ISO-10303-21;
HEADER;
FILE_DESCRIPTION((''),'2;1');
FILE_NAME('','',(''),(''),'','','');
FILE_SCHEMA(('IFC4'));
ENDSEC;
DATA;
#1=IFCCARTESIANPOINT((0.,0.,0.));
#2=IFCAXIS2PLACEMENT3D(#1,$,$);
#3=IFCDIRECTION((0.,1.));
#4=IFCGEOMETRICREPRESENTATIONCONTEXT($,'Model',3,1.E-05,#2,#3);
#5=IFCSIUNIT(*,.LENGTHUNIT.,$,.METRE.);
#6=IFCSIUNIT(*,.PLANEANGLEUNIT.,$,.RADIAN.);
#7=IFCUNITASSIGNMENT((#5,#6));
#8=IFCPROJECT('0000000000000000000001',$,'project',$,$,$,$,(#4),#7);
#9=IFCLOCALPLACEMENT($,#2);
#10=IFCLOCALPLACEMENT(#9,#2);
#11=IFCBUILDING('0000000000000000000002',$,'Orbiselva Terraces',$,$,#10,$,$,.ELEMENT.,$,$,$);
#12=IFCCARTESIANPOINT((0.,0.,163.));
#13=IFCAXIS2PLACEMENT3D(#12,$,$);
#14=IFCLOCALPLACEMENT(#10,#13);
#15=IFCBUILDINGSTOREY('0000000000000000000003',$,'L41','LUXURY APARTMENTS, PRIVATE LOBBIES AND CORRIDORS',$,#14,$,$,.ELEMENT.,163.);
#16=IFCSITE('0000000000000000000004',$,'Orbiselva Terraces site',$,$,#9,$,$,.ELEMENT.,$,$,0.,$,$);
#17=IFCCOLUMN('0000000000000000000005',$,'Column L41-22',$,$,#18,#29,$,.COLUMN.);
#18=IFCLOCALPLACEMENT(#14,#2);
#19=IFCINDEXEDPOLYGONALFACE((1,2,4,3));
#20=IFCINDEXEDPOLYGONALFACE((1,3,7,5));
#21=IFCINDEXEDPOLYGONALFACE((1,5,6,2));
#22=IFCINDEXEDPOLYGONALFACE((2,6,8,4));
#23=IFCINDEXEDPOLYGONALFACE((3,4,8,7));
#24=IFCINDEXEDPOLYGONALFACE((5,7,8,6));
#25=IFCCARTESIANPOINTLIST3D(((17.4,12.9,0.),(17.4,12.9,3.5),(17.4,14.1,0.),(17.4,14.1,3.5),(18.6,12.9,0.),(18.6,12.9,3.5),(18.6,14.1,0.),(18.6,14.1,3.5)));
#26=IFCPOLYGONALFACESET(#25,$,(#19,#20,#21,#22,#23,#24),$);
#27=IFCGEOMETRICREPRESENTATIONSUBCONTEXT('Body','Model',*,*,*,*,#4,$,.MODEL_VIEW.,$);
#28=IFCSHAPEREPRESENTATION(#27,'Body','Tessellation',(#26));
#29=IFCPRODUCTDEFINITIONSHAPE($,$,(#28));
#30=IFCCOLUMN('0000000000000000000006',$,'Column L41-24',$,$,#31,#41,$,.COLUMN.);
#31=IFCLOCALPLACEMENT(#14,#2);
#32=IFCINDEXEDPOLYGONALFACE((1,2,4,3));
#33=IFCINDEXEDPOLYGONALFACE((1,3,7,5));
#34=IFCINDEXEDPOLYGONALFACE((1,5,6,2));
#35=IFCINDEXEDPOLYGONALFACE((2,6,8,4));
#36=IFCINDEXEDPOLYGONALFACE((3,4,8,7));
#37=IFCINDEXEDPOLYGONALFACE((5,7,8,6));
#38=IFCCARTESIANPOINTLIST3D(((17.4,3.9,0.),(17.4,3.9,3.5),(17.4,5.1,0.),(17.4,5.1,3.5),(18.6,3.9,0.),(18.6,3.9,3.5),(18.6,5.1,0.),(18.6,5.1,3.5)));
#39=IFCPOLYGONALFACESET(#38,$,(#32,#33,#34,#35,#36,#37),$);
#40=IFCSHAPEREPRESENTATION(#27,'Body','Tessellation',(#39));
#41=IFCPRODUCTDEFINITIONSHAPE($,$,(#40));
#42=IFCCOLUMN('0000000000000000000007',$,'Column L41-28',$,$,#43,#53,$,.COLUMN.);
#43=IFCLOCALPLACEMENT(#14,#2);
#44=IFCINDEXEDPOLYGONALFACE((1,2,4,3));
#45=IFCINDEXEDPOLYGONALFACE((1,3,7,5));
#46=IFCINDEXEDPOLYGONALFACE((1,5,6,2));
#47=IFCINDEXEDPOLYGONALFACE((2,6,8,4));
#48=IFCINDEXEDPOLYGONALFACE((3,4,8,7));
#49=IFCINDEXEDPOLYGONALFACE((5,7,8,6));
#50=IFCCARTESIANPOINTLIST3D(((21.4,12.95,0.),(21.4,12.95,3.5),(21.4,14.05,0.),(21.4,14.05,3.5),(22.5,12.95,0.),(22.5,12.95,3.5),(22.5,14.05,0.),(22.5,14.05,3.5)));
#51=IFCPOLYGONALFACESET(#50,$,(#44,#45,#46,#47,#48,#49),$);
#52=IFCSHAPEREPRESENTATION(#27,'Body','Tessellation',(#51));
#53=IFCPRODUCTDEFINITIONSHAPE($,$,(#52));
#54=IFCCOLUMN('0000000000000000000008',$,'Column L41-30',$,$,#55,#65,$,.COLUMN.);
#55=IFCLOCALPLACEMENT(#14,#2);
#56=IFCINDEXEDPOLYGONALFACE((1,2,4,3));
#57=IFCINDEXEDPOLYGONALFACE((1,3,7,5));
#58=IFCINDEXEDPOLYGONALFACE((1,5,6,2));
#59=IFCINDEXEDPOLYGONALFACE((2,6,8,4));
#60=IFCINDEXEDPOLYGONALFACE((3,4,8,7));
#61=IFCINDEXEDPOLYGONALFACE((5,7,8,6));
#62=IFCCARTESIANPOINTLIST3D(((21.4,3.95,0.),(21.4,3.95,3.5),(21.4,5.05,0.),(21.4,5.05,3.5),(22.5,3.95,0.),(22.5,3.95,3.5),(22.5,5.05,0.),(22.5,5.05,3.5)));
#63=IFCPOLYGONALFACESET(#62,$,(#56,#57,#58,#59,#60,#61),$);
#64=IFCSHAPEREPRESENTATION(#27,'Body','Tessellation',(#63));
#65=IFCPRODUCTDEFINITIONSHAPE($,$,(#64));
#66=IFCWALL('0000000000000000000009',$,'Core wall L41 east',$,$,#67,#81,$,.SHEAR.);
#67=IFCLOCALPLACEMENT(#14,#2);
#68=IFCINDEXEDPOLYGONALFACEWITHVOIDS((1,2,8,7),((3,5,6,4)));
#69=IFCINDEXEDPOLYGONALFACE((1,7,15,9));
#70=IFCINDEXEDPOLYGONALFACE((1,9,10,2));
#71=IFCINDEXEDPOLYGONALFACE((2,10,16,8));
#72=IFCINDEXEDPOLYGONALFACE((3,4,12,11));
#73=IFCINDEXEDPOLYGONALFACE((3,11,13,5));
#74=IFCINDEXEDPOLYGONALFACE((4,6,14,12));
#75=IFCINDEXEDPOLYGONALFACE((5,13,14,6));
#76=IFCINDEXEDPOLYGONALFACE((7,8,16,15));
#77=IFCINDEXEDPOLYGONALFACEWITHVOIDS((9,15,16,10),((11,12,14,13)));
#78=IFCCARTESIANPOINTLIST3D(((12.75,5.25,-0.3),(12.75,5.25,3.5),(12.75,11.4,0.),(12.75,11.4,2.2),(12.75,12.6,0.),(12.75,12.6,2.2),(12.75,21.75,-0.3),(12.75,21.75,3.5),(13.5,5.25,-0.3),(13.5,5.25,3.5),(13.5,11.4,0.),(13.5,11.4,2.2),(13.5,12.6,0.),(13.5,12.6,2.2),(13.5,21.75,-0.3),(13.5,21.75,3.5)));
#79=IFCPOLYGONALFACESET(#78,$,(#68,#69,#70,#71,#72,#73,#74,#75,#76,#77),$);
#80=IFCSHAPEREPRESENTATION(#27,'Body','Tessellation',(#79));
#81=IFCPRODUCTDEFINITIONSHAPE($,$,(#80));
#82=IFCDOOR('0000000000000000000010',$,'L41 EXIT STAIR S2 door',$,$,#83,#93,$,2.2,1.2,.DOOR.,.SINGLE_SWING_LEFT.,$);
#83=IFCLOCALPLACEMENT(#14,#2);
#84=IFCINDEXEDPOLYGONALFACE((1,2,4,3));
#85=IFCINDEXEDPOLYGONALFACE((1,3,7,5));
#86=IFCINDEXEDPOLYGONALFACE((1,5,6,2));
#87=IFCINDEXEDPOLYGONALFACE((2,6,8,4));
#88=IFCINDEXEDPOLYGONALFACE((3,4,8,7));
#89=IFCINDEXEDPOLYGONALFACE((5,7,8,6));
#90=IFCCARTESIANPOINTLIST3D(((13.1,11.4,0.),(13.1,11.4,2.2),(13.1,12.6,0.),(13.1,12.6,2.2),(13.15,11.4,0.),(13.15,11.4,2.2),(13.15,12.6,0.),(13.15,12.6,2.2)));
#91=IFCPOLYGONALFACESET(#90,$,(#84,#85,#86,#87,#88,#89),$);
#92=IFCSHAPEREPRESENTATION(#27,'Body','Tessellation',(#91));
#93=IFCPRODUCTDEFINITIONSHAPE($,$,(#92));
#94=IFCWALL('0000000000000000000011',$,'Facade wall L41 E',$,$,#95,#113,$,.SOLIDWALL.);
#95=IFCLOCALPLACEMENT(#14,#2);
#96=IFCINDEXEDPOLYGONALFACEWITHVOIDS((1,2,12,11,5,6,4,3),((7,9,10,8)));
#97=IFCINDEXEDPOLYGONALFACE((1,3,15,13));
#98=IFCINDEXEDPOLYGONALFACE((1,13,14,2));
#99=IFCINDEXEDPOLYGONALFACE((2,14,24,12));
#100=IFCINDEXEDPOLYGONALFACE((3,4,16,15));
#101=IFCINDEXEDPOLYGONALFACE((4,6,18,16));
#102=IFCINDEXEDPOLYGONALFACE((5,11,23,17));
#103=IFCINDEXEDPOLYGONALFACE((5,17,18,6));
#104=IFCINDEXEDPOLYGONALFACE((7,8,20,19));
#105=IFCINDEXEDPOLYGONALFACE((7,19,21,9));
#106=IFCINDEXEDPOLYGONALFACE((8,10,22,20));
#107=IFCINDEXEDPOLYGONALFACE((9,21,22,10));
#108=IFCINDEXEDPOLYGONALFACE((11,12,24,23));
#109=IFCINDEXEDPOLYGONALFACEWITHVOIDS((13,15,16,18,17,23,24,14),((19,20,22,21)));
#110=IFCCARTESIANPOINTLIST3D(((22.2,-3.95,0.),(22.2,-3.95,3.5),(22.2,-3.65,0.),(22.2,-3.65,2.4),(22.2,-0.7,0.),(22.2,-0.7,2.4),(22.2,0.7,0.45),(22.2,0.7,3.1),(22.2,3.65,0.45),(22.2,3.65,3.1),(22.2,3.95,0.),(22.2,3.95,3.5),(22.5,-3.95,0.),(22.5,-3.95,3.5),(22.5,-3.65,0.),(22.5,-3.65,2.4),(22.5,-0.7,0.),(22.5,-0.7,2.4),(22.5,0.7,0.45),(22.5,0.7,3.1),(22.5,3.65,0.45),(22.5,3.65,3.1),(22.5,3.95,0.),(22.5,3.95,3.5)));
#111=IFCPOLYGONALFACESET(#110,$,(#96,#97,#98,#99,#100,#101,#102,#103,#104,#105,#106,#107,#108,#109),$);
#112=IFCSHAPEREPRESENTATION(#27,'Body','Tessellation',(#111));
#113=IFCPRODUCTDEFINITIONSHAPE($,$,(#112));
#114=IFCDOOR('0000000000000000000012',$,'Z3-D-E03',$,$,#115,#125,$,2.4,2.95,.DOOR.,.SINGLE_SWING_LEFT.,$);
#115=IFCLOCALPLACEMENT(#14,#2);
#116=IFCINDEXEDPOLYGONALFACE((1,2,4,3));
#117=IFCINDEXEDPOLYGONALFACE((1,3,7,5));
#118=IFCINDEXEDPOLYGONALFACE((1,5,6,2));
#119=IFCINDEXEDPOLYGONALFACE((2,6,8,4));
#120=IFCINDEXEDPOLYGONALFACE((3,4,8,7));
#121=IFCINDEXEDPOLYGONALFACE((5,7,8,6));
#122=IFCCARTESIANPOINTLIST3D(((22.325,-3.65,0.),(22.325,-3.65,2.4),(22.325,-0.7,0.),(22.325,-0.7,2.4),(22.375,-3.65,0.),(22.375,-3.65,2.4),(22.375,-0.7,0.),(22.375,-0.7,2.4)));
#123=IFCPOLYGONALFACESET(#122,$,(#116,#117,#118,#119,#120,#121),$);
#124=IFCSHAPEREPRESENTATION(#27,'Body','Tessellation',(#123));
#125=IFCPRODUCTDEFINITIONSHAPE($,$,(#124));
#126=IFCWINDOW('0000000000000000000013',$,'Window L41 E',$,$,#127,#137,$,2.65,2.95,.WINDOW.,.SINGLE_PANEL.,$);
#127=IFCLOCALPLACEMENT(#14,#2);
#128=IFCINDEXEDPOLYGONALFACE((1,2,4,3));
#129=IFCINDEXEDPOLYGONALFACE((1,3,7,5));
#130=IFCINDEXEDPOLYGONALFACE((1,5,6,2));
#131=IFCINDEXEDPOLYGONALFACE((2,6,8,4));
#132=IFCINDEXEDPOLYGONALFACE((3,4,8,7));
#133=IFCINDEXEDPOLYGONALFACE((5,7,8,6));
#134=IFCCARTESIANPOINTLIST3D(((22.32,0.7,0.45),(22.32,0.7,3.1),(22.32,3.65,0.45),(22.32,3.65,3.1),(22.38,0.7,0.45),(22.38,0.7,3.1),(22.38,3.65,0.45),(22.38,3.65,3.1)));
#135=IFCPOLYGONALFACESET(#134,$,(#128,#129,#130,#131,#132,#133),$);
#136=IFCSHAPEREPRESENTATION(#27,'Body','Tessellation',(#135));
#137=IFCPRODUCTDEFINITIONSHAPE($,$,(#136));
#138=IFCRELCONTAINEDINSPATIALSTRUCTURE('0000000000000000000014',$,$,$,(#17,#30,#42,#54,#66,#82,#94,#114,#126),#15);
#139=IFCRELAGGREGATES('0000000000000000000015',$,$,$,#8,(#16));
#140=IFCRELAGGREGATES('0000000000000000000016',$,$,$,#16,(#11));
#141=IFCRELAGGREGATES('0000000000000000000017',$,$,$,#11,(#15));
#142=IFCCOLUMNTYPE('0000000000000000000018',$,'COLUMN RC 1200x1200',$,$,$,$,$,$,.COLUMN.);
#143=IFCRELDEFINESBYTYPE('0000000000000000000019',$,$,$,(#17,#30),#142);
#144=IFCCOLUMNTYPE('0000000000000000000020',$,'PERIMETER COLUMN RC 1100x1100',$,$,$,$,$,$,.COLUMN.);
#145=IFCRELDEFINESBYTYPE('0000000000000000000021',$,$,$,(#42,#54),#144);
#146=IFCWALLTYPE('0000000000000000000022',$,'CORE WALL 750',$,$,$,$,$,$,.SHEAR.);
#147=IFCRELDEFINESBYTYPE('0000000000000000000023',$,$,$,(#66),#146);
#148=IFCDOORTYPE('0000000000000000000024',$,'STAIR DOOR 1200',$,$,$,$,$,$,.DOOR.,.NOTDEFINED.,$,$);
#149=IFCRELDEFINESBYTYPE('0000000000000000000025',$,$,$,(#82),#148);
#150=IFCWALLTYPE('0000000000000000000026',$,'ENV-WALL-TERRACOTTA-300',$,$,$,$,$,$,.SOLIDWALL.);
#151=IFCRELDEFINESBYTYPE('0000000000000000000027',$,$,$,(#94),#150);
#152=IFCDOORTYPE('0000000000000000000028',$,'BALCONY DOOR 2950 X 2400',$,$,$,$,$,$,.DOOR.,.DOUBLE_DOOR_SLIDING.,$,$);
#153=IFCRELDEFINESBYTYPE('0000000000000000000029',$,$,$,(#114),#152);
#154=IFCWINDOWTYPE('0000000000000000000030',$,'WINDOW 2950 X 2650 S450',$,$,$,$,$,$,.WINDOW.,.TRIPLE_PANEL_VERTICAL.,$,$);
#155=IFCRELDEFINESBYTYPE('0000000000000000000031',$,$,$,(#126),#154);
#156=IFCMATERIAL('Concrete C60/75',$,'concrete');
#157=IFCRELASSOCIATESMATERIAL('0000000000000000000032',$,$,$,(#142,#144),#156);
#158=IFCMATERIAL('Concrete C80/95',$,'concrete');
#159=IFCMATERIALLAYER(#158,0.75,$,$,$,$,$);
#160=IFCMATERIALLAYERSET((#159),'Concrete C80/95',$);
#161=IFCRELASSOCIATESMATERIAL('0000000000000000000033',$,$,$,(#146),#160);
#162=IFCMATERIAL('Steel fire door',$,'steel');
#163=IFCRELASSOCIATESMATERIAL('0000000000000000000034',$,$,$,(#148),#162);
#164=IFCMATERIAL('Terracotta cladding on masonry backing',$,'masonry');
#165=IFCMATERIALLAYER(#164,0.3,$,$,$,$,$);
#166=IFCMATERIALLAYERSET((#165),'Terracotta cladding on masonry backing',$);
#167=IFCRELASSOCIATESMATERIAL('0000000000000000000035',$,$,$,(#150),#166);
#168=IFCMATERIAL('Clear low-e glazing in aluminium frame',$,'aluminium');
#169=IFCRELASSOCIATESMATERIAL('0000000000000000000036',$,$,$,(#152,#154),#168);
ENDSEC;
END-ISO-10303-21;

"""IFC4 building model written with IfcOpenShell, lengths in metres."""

from ifc_helpers import new_model, si_unit, direction, frame, frame_2d, origin, origin_2d, place, context, subcontext, project, spatial, rectangle, extrude, material, layer, layer_set, material_profile, profile_set, type_object, element, fill, save


model = new_model("IFC4")

# Units and contexts
model_context = context("Model", 3, precision=1e-05, world=origin(), true_north=direction((0.0, 1.0)))
body_context = subcontext(model_context, "Body", "Model", "MODEL_VIEW")
ifc_project = project(units=[si_unit("LENGTHUNIT", "METRE"), si_unit("PLANEANGLEUNIT", "RADIAN")], contexts=[model_context])

# Site, building, storey
site_placement = place(None, origin())
site = spatial("IfcSite", under=ifc_project, at=site_placement, Name="Orbiselva Terraces site", CompositionType="ELEMENT", RefElevation=0.0)
building_placement = place(site_placement, origin())
building = spatial("IfcBuilding", under=site, at=building_placement, Name="Orbiselva Terraces", CompositionType="ELEMENT")
storey_placement = place(building_placement, frame((0.0, 0.0, 163.0)))
storey = spatial("IfcBuildingStorey", under=building, at=storey_placement, Name="L41", Description="LUXURY APARTMENTS, PRIVATE LOBBIES AND CORRIDORS", CompositionType="ELEMENT", Elevation=163.0)

# Columns
ifc_material_1 = material(Name="Concrete C60/75", Category="concrete")
ifc_material_profile_1 = material_profile(ifc_material_1, rectangle(XDim=1.2, YDim=1.2, at=origin_2d()), Name="RC 1200x1200")
ifc_profile_set_1 = profile_set([ifc_material_profile_1], Name="Concrete C60/75")
column_type_1 = type_object("IfcColumnType", Name="COLUMN RC 1200x1200", PredefinedType="COLUMN", material=ifc_profile_set_1)
for number, where, z_axis, x_axis, name in (
    (1, (18.0, 13.5, 0.0), (0.0, 0.0, 1.0), (1.0, 0.0, 0.0), "Column L41-22"),
    (2, (18.0, 4.5, 0.0), (0.0, 0.0, 1.0), (1.0, 0.0, 0.0), "Column L41-24"),
):
    element("IfcColumn", number, at=place(storey_placement, frame(where, z_axis=z_axis, x_axis=x_axis)), inside=storey, type_object=column_type_1, Name=name, PredefinedType="COLUMN", context=body_context, shape_type="SweptSolid", body=[
        extrude(rectangle(XDim=1.2, YDim=1.2, at=origin_2d()), origin(), (0.0, 0.0, 1.0), 3.5),
    ])
ifc_material_profile_2 = material_profile(ifc_material_1, rectangle(XDim=1.1, YDim=1.1, at=origin_2d()), Name="RC 1100x1100")
ifc_profile_set_2 = profile_set([ifc_material_profile_2], Name="Concrete C60/75")
column_type_2 = type_object("IfcColumnType", Name="PERIMETER COLUMN RC 1100x1100", PredefinedType="COLUMN", material=ifc_profile_set_2)
for number, where, z_axis, x_axis, name in (
    (3, (21.95, 13.5, 0.0), (0.0, 0.0, 1.0), (1.0, 0.0, 0.0), "Column L41-28"),
    (4, (21.95, 4.5, 0.0), (0.0, 0.0, 1.0), (1.0, 0.0, 0.0), "Column L41-30"),
):
    element("IfcColumn", number, at=place(storey_placement, frame(where, z_axis=z_axis, x_axis=x_axis)), inside=storey, type_object=column_type_2, Name=name, PredefinedType="COLUMN", context=body_context, shape_type="SweptSolid", body=[
        extrude(rectangle(XDim=1.1, YDim=1.1, at=origin_2d()), origin(), (0.0, 0.0, 1.0), 3.5),
    ])

# Wall, opening, door
ifc_material_2 = material(Name="Concrete C80/95", Category="concrete")
ifc_layer_1 = layer(ifc_material_2, 0.75)
ifc_layer_set_1 = layer_set([ifc_layer_1], Name="Concrete C80/95")
wall_type_1 = type_object("IfcWallType", Name="CORE WALL 750", PredefinedType="SHEAR", material=ifc_layer_set_1)
wall_1_placement = place(storey_placement, frame((13.125, 5.25, -0.3), z_axis=(0.0, 0.0, 1.0), x_axis=(0.0, 1.0, 0.0)))
wall_1 = element("IfcWall", 5, at=wall_1_placement, inside=storey, type_object=wall_type_1, Name="Core wall L41 east", PredefinedType="SHEAR", context=body_context, shape_type="SweptSolid", body=[
    extrude(rectangle(XDim=16.5, YDim=0.75, at=frame_2d((8.25, 0.0))), origin(), (0.0, 0.0, 1.0), 3.8),
])
opening_1_placement = place(wall_1_placement, frame((6.15, 0.0, 0.3)))
opening_1 = element("IfcOpeningElement", 6, at=opening_1_placement, cuts=wall_1, PredefinedType="OPENING", context=body_context, shape_type="SweptSolid", body=[
    extrude(rectangle(XDim=1.2, YDim=2.2, at=frame_2d((0.6, 1.1))), frame((0.0, 0.385, 0.0), z_axis=(0.0, -1.0, 0.0), x_axis=(1.0, 0.0, 0.0)), (0.0, 0.0, 1.0), 0.77),
])
ifc_material_3 = material(Name="Steel fire door", Category="steel")
door_type_1 = type_object("IfcDoorType", Name="STAIR DOOR 1200", OperationType="NOTDEFINED", PredefinedType="DOOR", material=ifc_material_3)
door_1_placement = place(opening_1_placement, frame((1.2, 0.0, 0.0), z_axis=(0.0, 0.0, 1.0), x_axis=(-1.0, 0.0, 0.0)))
door_1 = element("IfcDoor", 7, at=door_1_placement, inside=storey, type_object=door_type_1, Name="L41 EXIT STAIR S2 door", OperationType="SINGLE_SWING_LEFT", OverallHeight=2.2, OverallWidth=1.2, PredefinedType="DOOR", context=body_context, shape_type="SweptSolid", body=[
    extrude(rectangle(XDim=1.2, YDim=2.2, at=frame_2d((0.6, 1.1))), frame((0.0, 0.025, 0.0), z_axis=(0.0, -1.0, 0.0), x_axis=(1.0, 0.0, 0.0)), (0.0, 0.0, 1.0), 0.05),
])
fill(opening_1, door_1)

# Wall, openings, door, window
ifc_material_4 = material(Name="Terracotta cladding on masonry backing", Category="masonry")
ifc_layer_2 = layer(ifc_material_4, 0.3)
ifc_layer_set_2 = layer_set([ifc_layer_2], Name="Terracotta cladding on masonry backing")
wall_type_2 = type_object("IfcWallType", Name="ENV-WALL-TERRACOTTA-300", PredefinedType="SOLIDWALL", material=ifc_layer_set_2)
wall_2_placement = place(storey_placement, frame((22.35, 3.95, 0.0), z_axis=(0.0, 0.0, 1.0), x_axis=(0.0, -1.0, 0.0)))
wall_2 = element("IfcWall", 8, at=wall_2_placement, inside=storey, type_object=wall_type_2, Name="Facade wall L41 E", PredefinedType="SOLIDWALL", context=body_context, shape_type="SweptSolid", body=[
    extrude(rectangle(XDim=7.9, YDim=0.3, at=frame_2d((3.95, 0.0))), origin(), (0.0, 0.0, 1.0), 3.5),
])
opening_2_placement = place(wall_2_placement, frame((4.65, 0.0, 0.0)))
opening_2 = element("IfcOpeningElement", 9, at=opening_2_placement, cuts=wall_2, PredefinedType="OPENING", context=body_context, shape_type="SweptSolid", body=[
    extrude(rectangle(XDim=2.95, YDim=2.4, at=frame_2d((1.475, 1.2))), frame((0.0, 0.16, 0.0), z_axis=(0.0, -1.0, 0.0), x_axis=(1.0, 0.0, 0.0)), (0.0, 0.0, 1.0), 0.32),
])
opening_3_placement = place(wall_2_placement, frame((0.3, 0.0, 0.45)))
opening_3 = element("IfcOpeningElement", 10, at=opening_3_placement, cuts=wall_2, PredefinedType="OPENING", context=body_context, shape_type="SweptSolid", body=[
    extrude(rectangle(XDim=2.95, YDim=2.65, at=frame_2d((1.475, 1.325))), frame((0.0, 0.16, 0.0), z_axis=(0.0, -1.0, 0.0), x_axis=(1.0, 0.0, 0.0)), (0.0, 0.0, 1.0), 0.32),
])
ifc_material_5 = material(Name="Clear low-e glazing in aluminium frame", Category="aluminium")
door_type_2 = type_object("IfcDoorType", Name="BALCONY DOOR 2950 X 2400", OperationType="DOUBLE_DOOR_SLIDING", PredefinedType="DOOR", material=ifc_material_5)
door_2_placement = place(opening_2_placement, origin())
door_2 = element("IfcDoor", 11, at=door_2_placement, inside=storey, type_object=door_type_2, Name="Z3-D-E03", OperationType="SINGLE_SWING_LEFT", OverallHeight=2.4, OverallWidth=2.95, PredefinedType="DOOR", context=body_context, shape_type="SweptSolid", body=[
    extrude(rectangle(XDim=2.95, YDim=2.4, at=frame_2d((1.475, 1.2))), frame((0.0, 0.025, 0.0), z_axis=(0.0, -1.0, 0.0), x_axis=(1.0, 0.0, 0.0)), (0.0, 0.0, 1.0), 0.05),
])
fill(opening_2, door_2)
window_type = type_object("IfcWindowType", Name="WINDOW 2950 X 2650 S450", PartitioningType="TRIPLE_PANEL_VERTICAL", PredefinedType="WINDOW", material=ifc_material_5)
window_1_placement = place(opening_3_placement, origin())
window_1 = element("IfcWindow", 12, at=window_1_placement, inside=storey, type_object=window_type, Name="Window L41 E", OverallHeight=2.65, OverallWidth=2.95, PartitioningType="SINGLE_PANEL", PredefinedType="WINDOW", context=body_context, shape_type="SweptSolid", body=[
    extrude(rectangle(XDim=2.95, YDim=2.65, at=frame_2d((1.475, 1.325))), frame((0.0, 0.03, 0.0), z_axis=(0.0, -1.0, 0.0), x_axis=(1.0, 0.0, 0.0)), (0.0, 0.0, 1.0), 0.06),
])
fill(opening_3, window_1)

save(model, "model.ifc")
